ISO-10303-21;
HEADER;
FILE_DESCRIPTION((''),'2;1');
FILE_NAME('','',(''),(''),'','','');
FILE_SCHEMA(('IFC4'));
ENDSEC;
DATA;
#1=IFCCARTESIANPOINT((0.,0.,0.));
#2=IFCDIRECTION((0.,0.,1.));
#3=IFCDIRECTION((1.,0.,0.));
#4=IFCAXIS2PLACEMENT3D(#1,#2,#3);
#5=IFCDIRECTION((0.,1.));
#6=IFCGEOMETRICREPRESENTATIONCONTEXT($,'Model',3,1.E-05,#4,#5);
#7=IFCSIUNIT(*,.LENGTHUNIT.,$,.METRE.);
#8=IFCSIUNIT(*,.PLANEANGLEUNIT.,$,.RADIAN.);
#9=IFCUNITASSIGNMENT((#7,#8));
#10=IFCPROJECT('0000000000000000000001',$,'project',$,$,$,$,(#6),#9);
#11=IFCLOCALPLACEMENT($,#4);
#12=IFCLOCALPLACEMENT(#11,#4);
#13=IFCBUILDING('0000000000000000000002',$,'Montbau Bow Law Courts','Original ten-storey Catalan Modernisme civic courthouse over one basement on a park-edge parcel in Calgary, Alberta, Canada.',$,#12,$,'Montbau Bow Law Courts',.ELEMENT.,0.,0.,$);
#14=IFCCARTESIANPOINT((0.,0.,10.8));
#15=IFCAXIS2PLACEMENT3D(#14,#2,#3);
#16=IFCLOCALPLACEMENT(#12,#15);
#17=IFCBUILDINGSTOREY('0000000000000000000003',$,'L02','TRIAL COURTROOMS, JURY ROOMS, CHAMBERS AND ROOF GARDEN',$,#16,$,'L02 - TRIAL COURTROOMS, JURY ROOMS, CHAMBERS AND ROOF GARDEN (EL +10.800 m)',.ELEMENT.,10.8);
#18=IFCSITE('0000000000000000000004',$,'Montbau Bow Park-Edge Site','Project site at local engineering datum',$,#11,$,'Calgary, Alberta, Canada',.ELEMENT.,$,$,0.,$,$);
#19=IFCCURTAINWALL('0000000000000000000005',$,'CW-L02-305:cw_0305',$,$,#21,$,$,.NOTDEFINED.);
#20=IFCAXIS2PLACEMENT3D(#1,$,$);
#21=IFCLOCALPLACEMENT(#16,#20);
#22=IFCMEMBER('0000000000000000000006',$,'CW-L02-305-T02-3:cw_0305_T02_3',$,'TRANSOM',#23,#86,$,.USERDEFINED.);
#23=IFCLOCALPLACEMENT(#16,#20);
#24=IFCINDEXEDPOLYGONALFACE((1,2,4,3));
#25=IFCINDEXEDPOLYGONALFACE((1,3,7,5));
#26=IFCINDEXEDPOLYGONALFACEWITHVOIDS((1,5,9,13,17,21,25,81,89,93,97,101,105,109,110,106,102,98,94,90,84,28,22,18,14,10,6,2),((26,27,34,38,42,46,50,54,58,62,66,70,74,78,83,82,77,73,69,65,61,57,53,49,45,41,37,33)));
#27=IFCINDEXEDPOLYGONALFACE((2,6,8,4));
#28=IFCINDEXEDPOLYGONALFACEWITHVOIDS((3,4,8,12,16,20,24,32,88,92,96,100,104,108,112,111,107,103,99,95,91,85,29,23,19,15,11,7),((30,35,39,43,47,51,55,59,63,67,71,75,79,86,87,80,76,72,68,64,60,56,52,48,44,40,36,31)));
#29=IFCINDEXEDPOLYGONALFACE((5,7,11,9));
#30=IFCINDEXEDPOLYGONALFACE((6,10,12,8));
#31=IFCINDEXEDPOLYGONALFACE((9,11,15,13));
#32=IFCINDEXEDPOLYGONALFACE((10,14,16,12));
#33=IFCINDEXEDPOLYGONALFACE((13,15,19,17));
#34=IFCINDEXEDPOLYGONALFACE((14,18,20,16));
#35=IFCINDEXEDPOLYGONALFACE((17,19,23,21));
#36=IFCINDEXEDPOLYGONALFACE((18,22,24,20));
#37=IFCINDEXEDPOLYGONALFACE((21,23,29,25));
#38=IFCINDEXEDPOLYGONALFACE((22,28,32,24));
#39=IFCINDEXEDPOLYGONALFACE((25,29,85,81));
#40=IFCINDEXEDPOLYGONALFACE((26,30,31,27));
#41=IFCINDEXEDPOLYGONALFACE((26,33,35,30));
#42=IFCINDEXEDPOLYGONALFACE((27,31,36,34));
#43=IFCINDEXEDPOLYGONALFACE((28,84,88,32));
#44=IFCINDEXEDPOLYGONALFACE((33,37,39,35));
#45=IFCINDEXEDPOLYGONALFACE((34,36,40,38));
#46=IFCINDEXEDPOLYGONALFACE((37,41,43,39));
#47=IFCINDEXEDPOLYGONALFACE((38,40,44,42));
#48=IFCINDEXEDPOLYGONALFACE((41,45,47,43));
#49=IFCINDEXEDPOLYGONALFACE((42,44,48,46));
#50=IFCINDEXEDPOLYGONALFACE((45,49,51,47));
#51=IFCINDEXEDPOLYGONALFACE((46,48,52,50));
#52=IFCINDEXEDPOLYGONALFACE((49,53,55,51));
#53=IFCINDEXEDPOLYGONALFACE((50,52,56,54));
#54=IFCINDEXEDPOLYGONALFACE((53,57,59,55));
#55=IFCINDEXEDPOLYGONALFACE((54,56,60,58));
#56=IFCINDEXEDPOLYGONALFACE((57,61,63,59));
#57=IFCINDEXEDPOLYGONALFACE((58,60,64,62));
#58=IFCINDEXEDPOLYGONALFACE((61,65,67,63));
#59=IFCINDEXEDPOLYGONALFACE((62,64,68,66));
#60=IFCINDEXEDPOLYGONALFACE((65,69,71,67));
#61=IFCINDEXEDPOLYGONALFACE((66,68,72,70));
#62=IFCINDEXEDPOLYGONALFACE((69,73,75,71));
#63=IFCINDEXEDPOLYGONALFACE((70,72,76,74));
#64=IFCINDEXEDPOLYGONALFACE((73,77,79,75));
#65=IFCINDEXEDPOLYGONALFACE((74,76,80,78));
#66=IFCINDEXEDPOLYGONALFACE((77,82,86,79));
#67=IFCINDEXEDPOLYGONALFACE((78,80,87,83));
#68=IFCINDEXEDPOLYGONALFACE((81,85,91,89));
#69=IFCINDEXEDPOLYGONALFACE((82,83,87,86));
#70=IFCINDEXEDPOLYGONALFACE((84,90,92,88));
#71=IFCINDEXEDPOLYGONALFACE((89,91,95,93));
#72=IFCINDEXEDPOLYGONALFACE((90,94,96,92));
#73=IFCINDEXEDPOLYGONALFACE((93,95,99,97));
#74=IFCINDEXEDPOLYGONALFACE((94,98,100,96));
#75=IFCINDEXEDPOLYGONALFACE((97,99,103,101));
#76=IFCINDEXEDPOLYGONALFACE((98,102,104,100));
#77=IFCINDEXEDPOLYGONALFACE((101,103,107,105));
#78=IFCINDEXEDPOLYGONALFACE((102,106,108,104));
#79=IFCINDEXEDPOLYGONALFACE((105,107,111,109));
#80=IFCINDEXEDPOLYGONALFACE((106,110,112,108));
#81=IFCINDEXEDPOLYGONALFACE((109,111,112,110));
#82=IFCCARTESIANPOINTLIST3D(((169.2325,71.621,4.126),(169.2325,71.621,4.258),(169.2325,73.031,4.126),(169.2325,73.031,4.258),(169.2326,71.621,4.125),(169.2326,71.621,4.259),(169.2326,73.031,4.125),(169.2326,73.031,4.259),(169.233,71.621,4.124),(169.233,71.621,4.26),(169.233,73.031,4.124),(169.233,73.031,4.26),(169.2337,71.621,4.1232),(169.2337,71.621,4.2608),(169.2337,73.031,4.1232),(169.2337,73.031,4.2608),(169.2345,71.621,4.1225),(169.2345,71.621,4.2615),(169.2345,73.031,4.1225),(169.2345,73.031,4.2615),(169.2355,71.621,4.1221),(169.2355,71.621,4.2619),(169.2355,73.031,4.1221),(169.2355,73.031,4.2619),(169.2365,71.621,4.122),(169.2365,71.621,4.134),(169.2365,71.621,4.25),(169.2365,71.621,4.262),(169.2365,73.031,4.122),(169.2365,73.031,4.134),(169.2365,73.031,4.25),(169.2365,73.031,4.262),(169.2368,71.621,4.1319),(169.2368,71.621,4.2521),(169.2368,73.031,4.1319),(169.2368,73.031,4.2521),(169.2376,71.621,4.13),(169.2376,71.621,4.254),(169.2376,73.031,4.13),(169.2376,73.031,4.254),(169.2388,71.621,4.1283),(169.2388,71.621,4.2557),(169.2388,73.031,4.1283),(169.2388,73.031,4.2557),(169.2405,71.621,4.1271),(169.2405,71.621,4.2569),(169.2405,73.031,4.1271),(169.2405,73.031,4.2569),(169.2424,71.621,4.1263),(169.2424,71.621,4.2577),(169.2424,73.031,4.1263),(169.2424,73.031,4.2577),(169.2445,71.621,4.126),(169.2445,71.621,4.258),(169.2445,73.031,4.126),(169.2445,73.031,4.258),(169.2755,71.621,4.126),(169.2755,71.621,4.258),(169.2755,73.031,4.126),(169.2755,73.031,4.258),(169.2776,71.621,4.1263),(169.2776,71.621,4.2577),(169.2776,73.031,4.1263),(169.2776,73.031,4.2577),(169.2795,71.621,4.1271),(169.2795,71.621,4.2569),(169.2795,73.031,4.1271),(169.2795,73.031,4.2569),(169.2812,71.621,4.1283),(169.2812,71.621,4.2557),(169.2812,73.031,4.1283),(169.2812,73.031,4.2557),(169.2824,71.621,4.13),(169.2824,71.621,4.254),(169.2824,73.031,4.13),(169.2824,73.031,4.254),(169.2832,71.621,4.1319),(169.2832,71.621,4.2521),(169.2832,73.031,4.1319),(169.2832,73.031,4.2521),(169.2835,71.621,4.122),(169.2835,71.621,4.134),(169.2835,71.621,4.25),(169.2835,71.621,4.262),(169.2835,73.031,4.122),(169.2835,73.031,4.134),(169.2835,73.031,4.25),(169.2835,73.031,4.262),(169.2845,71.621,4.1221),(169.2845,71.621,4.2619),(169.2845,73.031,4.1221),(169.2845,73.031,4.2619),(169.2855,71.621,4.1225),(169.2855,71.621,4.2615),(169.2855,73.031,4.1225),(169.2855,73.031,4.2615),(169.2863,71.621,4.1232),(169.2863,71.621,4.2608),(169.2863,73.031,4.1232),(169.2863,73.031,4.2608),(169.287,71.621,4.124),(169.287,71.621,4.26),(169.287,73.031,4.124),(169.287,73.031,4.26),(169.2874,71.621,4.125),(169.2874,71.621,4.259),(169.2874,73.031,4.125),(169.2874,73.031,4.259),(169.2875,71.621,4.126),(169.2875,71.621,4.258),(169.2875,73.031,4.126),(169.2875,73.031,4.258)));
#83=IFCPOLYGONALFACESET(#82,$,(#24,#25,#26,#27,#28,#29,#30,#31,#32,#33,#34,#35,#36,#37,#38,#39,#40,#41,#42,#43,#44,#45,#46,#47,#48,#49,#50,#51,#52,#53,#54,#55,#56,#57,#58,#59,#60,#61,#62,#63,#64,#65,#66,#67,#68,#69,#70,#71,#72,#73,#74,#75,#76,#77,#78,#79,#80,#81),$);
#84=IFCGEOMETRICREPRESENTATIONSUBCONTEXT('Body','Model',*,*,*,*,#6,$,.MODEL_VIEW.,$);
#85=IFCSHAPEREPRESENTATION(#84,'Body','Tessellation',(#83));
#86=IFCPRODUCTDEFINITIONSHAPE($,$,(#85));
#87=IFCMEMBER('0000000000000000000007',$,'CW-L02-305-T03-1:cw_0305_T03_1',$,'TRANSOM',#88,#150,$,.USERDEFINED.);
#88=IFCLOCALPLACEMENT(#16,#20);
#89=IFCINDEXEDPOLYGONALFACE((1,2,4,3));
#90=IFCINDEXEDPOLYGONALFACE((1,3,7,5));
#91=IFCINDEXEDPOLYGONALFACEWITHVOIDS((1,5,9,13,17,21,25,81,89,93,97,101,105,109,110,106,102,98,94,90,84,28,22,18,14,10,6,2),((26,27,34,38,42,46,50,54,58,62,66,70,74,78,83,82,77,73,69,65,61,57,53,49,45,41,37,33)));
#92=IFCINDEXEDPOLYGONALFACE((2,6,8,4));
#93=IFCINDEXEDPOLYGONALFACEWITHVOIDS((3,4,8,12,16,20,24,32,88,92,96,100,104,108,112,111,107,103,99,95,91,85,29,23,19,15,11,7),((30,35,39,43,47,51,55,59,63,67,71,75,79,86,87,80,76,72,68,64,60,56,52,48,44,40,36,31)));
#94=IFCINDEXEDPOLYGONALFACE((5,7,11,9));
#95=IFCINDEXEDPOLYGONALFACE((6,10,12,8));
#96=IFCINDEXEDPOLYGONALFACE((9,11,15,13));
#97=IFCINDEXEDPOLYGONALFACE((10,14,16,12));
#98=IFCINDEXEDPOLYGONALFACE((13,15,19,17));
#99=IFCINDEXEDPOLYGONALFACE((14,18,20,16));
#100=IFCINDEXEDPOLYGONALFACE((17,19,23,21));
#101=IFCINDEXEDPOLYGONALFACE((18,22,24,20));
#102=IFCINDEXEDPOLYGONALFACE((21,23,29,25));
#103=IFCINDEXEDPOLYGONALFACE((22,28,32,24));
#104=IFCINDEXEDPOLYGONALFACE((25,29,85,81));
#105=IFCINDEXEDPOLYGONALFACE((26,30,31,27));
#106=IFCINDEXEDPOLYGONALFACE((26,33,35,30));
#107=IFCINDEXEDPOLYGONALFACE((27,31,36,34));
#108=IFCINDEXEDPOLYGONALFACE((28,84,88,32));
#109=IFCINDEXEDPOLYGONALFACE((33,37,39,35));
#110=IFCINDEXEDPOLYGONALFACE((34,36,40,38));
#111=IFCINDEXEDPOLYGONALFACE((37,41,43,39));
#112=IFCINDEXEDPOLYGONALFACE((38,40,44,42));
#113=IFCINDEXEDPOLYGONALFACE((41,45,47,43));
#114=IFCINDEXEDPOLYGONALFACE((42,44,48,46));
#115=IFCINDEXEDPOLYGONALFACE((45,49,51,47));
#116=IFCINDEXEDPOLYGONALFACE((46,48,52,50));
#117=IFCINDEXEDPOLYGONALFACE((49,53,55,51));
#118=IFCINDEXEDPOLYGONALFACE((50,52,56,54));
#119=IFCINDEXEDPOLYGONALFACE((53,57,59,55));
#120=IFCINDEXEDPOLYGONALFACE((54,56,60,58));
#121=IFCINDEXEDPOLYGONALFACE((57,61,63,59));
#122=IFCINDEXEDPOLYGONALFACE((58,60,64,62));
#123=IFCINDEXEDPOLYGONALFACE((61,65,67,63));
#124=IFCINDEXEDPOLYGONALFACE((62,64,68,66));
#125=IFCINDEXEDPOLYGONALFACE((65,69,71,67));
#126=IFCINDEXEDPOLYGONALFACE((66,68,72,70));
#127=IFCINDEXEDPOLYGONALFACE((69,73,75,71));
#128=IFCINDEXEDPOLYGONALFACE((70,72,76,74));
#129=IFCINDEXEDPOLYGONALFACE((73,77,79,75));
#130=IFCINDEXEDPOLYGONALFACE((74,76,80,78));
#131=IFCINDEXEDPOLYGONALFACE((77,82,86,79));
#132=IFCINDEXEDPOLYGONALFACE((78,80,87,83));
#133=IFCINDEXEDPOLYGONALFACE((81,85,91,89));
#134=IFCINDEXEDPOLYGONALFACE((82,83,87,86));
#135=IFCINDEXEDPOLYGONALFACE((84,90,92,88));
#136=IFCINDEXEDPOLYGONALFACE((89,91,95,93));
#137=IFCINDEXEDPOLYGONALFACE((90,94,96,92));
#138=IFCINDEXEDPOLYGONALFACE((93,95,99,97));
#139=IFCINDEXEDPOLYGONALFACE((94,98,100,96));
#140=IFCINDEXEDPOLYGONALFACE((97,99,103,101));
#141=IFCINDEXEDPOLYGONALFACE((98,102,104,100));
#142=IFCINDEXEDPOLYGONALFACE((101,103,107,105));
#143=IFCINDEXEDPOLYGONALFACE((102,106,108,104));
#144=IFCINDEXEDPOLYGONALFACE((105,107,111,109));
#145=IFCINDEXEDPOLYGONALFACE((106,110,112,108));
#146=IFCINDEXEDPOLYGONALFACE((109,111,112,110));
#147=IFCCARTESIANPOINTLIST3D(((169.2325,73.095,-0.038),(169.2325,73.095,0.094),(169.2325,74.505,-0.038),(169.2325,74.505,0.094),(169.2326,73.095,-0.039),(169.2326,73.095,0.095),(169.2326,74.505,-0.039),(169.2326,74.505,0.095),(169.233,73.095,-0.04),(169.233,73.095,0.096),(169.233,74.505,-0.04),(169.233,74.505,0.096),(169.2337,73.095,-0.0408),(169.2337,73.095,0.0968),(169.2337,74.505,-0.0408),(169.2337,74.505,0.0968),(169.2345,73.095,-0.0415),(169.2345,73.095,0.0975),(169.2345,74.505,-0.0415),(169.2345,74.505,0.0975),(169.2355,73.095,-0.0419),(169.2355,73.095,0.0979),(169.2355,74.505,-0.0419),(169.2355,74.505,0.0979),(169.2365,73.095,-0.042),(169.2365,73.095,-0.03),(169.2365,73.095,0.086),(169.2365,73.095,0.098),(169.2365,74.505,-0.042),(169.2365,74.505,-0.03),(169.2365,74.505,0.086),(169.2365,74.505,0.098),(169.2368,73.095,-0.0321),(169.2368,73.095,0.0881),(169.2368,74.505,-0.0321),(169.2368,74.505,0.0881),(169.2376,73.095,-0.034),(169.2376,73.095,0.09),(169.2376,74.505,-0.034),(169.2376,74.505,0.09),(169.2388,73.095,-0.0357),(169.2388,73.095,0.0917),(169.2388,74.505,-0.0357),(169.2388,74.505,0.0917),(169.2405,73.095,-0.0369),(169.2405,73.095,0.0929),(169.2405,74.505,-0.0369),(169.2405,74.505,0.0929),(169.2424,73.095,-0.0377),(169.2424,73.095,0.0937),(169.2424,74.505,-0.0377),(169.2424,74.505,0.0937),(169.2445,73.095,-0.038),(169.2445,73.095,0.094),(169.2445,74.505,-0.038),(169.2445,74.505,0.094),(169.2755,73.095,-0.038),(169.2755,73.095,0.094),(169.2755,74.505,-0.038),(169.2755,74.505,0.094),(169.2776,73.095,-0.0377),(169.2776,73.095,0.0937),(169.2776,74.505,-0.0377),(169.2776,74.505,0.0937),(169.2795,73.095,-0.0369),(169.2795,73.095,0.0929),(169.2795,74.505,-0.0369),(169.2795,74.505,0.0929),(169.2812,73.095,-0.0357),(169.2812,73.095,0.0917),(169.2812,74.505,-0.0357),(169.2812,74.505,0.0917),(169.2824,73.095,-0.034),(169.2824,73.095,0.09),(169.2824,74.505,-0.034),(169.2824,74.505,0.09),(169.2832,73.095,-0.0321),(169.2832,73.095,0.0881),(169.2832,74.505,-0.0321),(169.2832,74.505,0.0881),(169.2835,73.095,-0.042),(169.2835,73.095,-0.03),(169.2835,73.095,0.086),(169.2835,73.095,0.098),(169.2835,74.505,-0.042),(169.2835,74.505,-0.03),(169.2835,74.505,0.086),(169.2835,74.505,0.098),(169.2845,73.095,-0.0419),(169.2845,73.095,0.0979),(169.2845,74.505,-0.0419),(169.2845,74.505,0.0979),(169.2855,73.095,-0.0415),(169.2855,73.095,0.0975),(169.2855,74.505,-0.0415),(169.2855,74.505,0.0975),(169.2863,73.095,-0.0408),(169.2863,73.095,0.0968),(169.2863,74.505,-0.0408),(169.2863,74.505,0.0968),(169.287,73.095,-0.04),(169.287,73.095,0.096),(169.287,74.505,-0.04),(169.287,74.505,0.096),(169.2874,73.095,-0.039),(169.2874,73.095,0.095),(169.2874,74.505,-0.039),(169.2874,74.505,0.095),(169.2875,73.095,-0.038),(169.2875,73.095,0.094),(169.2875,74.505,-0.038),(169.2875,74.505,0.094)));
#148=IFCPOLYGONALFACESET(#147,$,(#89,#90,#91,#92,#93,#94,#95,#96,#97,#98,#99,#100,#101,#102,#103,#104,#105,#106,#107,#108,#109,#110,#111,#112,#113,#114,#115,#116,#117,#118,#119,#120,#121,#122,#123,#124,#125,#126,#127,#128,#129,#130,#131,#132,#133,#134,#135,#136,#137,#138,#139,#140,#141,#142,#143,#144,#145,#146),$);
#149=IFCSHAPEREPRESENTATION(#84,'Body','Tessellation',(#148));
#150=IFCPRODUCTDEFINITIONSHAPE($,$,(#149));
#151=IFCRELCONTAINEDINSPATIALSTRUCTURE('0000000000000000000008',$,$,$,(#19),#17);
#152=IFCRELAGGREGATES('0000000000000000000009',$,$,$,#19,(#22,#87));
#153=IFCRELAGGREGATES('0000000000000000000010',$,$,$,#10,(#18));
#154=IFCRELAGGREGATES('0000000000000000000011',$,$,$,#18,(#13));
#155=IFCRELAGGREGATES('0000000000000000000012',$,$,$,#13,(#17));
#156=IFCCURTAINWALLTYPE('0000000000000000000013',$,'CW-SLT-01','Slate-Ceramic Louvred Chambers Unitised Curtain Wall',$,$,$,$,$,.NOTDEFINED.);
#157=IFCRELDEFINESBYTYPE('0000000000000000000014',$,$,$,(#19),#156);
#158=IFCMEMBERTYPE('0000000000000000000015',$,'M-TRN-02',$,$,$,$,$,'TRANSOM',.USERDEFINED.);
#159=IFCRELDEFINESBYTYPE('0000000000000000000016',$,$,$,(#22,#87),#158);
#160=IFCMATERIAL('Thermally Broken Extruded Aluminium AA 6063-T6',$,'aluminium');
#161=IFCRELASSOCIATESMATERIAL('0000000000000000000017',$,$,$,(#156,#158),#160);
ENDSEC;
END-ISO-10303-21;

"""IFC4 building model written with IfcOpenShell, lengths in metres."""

from ifc_helpers import new_model, si_unit, direction, frame, origin_with_axes, origin_2d_with_axis, place, context, subcontext, project, spatial, hollow_rectangle, extrude, material, material_profile, profile_set, type_object, element, aggregate, save


model = new_model("IFC4")

# Units and contexts
model_context = context("Model", 3, precision=1e-05, world=origin_with_axes(), true_north=direction((0.0, 1.0)))
body_context = subcontext(model_context, "Body", "Model", "MODEL_VIEW")
ifc_project = project(units=[si_unit("LENGTHUNIT", "METRE"), si_unit("PLANEANGLEUNIT", "RADIAN")], contexts=[model_context])

# Site, building, storey
site_placement = place(None, origin_with_axes())
site = spatial("IfcSite", under=ifc_project, at=site_placement, Name="Montbau Bow Park-Edge Site", Description="Project site at local engineering datum", LongName="Calgary, Alberta, Canada", CompositionType="ELEMENT", RefElevation=0.0)
building_placement = place(site_placement, origin_with_axes())
building = spatial("IfcBuilding", under=site, at=building_placement, Name="Montbau Bow Law Courts", Description="Original ten-storey Catalan Modernisme civic courthouse over one basement on a park-edge parcel in Calgary, Alberta, Canada.", LongName="Montbau Bow Law Courts", CompositionType="ELEMENT", ElevationOfRefHeight=0.0, ElevationOfTerrain=0.0)
storey_placement = place(building_placement, frame((0.0, 0.0, 10.8), z_axis=(0.0, 0.0, 1.0), x_axis=(1.0, 0.0, 0.0)))
storey = spatial("IfcBuildingStorey", under=building, at=storey_placement, Name="L02", Description="TRIAL COURTROOMS, JURY ROOMS, CHAMBERS AND ROOF GARDEN", LongName="L02 - TRIAL COURTROOMS, JURY ROOMS, CHAMBERS AND ROOF GARDEN (EL +10.800 m)", CompositionType="ELEMENT", Elevation=10.8)

# Curtain wall, members
ifc_material_1 = material(Name="Thermally Broken Extruded Aluminium AA 6063-T6", Category="aluminium")
curtain_wall_type = type_object("IfcCurtainWallType", Name="CW-SLT-01", Description="Slate-Ceramic Louvred Chambers Unitised Curtain Wall", PredefinedType="NOTDEFINED", material=ifc_material_1)
curtain_wall_placement = place(None, frame((169.26, 70.115, 10.8), z_axis=(0.0, 0.0, 1.0), x_axis=(1.0, 0.0, 0.0)))
curtain_wall = element("IfcCurtainWall", 1, at=curtain_wall_placement, inside=storey, type_object=curtain_wall_type, Name="CW-L02-305:cw_0305", PredefinedType="NOTDEFINED")
ifc_material_profile_1 = material_profile(ifc_material_1, hollow_rectangle(XDim=0.055, YDim=0.14, WallThickness=0.004, InnerFilletRadius=0.008, OuterFilletRadius=0.004, at=origin_2d_with_axis()), Name="CWT-140X55", Category="Main", Priority=0)
ifc_profile_set_1 = profile_set([ifc_material_profile_1], Name="Thermally Broken Extruded Aluminium AA 6063-T6")
member_type_1 = type_object("IfcMemberType", Name="M-TRN-02", ElementType="TRANSOM", PredefinedType="USERDEFINED", material=ifc_profile_set_1)
member_1_placement = place(None, frame((169.26, 71.621, 14.992), z_axis=(0.0, 1.0, 0.0), x_axis=(-1.0, 0.0, 0.0)))
member_1 = element("IfcMember", 2, at=member_1_placement, type_object=member_type_1, Name="CW-L02-305-T02-3:cw_0305_T02_3", ObjectType="TRANSOM", PredefinedType="USERDEFINED", context=body_context, shape_type="SweptSolid", body=[
    extrude(hollow_rectangle(XDim=0.055, YDim=0.14, WallThickness=0.004, InnerFilletRadius=0.008, OuterFilletRadius=0.004, at=origin_2d_with_axis()), origin_with_axes(), (0.0, 0.0, 1.0), 1.41),
])
member_2_placement = place(None, frame((169.26, 73.095, 10.828), z_axis=(0.0, 1.0, 0.0), x_axis=(-1.0, 0.0, 0.0)))
member_2 = element("IfcMember", 3, at=member_2_placement, type_object=member_type_1, Name="CW-L02-305-T03-1:cw_0305_T03_1", ObjectType="TRANSOM", PredefinedType="USERDEFINED", context=body_context, shape_type="SweptSolid", body=[
    extrude(hollow_rectangle(XDim=0.055, YDim=0.14, WallThickness=0.004, InnerFilletRadius=0.008, OuterFilletRadius=0.004, at=origin_2d_with_axis()), origin_with_axes(), (0.0, 0.0, 1.0), 1.41),
])
aggregate(curtain_wall, [member_1, member_2])

save(model, "model.ifc")
